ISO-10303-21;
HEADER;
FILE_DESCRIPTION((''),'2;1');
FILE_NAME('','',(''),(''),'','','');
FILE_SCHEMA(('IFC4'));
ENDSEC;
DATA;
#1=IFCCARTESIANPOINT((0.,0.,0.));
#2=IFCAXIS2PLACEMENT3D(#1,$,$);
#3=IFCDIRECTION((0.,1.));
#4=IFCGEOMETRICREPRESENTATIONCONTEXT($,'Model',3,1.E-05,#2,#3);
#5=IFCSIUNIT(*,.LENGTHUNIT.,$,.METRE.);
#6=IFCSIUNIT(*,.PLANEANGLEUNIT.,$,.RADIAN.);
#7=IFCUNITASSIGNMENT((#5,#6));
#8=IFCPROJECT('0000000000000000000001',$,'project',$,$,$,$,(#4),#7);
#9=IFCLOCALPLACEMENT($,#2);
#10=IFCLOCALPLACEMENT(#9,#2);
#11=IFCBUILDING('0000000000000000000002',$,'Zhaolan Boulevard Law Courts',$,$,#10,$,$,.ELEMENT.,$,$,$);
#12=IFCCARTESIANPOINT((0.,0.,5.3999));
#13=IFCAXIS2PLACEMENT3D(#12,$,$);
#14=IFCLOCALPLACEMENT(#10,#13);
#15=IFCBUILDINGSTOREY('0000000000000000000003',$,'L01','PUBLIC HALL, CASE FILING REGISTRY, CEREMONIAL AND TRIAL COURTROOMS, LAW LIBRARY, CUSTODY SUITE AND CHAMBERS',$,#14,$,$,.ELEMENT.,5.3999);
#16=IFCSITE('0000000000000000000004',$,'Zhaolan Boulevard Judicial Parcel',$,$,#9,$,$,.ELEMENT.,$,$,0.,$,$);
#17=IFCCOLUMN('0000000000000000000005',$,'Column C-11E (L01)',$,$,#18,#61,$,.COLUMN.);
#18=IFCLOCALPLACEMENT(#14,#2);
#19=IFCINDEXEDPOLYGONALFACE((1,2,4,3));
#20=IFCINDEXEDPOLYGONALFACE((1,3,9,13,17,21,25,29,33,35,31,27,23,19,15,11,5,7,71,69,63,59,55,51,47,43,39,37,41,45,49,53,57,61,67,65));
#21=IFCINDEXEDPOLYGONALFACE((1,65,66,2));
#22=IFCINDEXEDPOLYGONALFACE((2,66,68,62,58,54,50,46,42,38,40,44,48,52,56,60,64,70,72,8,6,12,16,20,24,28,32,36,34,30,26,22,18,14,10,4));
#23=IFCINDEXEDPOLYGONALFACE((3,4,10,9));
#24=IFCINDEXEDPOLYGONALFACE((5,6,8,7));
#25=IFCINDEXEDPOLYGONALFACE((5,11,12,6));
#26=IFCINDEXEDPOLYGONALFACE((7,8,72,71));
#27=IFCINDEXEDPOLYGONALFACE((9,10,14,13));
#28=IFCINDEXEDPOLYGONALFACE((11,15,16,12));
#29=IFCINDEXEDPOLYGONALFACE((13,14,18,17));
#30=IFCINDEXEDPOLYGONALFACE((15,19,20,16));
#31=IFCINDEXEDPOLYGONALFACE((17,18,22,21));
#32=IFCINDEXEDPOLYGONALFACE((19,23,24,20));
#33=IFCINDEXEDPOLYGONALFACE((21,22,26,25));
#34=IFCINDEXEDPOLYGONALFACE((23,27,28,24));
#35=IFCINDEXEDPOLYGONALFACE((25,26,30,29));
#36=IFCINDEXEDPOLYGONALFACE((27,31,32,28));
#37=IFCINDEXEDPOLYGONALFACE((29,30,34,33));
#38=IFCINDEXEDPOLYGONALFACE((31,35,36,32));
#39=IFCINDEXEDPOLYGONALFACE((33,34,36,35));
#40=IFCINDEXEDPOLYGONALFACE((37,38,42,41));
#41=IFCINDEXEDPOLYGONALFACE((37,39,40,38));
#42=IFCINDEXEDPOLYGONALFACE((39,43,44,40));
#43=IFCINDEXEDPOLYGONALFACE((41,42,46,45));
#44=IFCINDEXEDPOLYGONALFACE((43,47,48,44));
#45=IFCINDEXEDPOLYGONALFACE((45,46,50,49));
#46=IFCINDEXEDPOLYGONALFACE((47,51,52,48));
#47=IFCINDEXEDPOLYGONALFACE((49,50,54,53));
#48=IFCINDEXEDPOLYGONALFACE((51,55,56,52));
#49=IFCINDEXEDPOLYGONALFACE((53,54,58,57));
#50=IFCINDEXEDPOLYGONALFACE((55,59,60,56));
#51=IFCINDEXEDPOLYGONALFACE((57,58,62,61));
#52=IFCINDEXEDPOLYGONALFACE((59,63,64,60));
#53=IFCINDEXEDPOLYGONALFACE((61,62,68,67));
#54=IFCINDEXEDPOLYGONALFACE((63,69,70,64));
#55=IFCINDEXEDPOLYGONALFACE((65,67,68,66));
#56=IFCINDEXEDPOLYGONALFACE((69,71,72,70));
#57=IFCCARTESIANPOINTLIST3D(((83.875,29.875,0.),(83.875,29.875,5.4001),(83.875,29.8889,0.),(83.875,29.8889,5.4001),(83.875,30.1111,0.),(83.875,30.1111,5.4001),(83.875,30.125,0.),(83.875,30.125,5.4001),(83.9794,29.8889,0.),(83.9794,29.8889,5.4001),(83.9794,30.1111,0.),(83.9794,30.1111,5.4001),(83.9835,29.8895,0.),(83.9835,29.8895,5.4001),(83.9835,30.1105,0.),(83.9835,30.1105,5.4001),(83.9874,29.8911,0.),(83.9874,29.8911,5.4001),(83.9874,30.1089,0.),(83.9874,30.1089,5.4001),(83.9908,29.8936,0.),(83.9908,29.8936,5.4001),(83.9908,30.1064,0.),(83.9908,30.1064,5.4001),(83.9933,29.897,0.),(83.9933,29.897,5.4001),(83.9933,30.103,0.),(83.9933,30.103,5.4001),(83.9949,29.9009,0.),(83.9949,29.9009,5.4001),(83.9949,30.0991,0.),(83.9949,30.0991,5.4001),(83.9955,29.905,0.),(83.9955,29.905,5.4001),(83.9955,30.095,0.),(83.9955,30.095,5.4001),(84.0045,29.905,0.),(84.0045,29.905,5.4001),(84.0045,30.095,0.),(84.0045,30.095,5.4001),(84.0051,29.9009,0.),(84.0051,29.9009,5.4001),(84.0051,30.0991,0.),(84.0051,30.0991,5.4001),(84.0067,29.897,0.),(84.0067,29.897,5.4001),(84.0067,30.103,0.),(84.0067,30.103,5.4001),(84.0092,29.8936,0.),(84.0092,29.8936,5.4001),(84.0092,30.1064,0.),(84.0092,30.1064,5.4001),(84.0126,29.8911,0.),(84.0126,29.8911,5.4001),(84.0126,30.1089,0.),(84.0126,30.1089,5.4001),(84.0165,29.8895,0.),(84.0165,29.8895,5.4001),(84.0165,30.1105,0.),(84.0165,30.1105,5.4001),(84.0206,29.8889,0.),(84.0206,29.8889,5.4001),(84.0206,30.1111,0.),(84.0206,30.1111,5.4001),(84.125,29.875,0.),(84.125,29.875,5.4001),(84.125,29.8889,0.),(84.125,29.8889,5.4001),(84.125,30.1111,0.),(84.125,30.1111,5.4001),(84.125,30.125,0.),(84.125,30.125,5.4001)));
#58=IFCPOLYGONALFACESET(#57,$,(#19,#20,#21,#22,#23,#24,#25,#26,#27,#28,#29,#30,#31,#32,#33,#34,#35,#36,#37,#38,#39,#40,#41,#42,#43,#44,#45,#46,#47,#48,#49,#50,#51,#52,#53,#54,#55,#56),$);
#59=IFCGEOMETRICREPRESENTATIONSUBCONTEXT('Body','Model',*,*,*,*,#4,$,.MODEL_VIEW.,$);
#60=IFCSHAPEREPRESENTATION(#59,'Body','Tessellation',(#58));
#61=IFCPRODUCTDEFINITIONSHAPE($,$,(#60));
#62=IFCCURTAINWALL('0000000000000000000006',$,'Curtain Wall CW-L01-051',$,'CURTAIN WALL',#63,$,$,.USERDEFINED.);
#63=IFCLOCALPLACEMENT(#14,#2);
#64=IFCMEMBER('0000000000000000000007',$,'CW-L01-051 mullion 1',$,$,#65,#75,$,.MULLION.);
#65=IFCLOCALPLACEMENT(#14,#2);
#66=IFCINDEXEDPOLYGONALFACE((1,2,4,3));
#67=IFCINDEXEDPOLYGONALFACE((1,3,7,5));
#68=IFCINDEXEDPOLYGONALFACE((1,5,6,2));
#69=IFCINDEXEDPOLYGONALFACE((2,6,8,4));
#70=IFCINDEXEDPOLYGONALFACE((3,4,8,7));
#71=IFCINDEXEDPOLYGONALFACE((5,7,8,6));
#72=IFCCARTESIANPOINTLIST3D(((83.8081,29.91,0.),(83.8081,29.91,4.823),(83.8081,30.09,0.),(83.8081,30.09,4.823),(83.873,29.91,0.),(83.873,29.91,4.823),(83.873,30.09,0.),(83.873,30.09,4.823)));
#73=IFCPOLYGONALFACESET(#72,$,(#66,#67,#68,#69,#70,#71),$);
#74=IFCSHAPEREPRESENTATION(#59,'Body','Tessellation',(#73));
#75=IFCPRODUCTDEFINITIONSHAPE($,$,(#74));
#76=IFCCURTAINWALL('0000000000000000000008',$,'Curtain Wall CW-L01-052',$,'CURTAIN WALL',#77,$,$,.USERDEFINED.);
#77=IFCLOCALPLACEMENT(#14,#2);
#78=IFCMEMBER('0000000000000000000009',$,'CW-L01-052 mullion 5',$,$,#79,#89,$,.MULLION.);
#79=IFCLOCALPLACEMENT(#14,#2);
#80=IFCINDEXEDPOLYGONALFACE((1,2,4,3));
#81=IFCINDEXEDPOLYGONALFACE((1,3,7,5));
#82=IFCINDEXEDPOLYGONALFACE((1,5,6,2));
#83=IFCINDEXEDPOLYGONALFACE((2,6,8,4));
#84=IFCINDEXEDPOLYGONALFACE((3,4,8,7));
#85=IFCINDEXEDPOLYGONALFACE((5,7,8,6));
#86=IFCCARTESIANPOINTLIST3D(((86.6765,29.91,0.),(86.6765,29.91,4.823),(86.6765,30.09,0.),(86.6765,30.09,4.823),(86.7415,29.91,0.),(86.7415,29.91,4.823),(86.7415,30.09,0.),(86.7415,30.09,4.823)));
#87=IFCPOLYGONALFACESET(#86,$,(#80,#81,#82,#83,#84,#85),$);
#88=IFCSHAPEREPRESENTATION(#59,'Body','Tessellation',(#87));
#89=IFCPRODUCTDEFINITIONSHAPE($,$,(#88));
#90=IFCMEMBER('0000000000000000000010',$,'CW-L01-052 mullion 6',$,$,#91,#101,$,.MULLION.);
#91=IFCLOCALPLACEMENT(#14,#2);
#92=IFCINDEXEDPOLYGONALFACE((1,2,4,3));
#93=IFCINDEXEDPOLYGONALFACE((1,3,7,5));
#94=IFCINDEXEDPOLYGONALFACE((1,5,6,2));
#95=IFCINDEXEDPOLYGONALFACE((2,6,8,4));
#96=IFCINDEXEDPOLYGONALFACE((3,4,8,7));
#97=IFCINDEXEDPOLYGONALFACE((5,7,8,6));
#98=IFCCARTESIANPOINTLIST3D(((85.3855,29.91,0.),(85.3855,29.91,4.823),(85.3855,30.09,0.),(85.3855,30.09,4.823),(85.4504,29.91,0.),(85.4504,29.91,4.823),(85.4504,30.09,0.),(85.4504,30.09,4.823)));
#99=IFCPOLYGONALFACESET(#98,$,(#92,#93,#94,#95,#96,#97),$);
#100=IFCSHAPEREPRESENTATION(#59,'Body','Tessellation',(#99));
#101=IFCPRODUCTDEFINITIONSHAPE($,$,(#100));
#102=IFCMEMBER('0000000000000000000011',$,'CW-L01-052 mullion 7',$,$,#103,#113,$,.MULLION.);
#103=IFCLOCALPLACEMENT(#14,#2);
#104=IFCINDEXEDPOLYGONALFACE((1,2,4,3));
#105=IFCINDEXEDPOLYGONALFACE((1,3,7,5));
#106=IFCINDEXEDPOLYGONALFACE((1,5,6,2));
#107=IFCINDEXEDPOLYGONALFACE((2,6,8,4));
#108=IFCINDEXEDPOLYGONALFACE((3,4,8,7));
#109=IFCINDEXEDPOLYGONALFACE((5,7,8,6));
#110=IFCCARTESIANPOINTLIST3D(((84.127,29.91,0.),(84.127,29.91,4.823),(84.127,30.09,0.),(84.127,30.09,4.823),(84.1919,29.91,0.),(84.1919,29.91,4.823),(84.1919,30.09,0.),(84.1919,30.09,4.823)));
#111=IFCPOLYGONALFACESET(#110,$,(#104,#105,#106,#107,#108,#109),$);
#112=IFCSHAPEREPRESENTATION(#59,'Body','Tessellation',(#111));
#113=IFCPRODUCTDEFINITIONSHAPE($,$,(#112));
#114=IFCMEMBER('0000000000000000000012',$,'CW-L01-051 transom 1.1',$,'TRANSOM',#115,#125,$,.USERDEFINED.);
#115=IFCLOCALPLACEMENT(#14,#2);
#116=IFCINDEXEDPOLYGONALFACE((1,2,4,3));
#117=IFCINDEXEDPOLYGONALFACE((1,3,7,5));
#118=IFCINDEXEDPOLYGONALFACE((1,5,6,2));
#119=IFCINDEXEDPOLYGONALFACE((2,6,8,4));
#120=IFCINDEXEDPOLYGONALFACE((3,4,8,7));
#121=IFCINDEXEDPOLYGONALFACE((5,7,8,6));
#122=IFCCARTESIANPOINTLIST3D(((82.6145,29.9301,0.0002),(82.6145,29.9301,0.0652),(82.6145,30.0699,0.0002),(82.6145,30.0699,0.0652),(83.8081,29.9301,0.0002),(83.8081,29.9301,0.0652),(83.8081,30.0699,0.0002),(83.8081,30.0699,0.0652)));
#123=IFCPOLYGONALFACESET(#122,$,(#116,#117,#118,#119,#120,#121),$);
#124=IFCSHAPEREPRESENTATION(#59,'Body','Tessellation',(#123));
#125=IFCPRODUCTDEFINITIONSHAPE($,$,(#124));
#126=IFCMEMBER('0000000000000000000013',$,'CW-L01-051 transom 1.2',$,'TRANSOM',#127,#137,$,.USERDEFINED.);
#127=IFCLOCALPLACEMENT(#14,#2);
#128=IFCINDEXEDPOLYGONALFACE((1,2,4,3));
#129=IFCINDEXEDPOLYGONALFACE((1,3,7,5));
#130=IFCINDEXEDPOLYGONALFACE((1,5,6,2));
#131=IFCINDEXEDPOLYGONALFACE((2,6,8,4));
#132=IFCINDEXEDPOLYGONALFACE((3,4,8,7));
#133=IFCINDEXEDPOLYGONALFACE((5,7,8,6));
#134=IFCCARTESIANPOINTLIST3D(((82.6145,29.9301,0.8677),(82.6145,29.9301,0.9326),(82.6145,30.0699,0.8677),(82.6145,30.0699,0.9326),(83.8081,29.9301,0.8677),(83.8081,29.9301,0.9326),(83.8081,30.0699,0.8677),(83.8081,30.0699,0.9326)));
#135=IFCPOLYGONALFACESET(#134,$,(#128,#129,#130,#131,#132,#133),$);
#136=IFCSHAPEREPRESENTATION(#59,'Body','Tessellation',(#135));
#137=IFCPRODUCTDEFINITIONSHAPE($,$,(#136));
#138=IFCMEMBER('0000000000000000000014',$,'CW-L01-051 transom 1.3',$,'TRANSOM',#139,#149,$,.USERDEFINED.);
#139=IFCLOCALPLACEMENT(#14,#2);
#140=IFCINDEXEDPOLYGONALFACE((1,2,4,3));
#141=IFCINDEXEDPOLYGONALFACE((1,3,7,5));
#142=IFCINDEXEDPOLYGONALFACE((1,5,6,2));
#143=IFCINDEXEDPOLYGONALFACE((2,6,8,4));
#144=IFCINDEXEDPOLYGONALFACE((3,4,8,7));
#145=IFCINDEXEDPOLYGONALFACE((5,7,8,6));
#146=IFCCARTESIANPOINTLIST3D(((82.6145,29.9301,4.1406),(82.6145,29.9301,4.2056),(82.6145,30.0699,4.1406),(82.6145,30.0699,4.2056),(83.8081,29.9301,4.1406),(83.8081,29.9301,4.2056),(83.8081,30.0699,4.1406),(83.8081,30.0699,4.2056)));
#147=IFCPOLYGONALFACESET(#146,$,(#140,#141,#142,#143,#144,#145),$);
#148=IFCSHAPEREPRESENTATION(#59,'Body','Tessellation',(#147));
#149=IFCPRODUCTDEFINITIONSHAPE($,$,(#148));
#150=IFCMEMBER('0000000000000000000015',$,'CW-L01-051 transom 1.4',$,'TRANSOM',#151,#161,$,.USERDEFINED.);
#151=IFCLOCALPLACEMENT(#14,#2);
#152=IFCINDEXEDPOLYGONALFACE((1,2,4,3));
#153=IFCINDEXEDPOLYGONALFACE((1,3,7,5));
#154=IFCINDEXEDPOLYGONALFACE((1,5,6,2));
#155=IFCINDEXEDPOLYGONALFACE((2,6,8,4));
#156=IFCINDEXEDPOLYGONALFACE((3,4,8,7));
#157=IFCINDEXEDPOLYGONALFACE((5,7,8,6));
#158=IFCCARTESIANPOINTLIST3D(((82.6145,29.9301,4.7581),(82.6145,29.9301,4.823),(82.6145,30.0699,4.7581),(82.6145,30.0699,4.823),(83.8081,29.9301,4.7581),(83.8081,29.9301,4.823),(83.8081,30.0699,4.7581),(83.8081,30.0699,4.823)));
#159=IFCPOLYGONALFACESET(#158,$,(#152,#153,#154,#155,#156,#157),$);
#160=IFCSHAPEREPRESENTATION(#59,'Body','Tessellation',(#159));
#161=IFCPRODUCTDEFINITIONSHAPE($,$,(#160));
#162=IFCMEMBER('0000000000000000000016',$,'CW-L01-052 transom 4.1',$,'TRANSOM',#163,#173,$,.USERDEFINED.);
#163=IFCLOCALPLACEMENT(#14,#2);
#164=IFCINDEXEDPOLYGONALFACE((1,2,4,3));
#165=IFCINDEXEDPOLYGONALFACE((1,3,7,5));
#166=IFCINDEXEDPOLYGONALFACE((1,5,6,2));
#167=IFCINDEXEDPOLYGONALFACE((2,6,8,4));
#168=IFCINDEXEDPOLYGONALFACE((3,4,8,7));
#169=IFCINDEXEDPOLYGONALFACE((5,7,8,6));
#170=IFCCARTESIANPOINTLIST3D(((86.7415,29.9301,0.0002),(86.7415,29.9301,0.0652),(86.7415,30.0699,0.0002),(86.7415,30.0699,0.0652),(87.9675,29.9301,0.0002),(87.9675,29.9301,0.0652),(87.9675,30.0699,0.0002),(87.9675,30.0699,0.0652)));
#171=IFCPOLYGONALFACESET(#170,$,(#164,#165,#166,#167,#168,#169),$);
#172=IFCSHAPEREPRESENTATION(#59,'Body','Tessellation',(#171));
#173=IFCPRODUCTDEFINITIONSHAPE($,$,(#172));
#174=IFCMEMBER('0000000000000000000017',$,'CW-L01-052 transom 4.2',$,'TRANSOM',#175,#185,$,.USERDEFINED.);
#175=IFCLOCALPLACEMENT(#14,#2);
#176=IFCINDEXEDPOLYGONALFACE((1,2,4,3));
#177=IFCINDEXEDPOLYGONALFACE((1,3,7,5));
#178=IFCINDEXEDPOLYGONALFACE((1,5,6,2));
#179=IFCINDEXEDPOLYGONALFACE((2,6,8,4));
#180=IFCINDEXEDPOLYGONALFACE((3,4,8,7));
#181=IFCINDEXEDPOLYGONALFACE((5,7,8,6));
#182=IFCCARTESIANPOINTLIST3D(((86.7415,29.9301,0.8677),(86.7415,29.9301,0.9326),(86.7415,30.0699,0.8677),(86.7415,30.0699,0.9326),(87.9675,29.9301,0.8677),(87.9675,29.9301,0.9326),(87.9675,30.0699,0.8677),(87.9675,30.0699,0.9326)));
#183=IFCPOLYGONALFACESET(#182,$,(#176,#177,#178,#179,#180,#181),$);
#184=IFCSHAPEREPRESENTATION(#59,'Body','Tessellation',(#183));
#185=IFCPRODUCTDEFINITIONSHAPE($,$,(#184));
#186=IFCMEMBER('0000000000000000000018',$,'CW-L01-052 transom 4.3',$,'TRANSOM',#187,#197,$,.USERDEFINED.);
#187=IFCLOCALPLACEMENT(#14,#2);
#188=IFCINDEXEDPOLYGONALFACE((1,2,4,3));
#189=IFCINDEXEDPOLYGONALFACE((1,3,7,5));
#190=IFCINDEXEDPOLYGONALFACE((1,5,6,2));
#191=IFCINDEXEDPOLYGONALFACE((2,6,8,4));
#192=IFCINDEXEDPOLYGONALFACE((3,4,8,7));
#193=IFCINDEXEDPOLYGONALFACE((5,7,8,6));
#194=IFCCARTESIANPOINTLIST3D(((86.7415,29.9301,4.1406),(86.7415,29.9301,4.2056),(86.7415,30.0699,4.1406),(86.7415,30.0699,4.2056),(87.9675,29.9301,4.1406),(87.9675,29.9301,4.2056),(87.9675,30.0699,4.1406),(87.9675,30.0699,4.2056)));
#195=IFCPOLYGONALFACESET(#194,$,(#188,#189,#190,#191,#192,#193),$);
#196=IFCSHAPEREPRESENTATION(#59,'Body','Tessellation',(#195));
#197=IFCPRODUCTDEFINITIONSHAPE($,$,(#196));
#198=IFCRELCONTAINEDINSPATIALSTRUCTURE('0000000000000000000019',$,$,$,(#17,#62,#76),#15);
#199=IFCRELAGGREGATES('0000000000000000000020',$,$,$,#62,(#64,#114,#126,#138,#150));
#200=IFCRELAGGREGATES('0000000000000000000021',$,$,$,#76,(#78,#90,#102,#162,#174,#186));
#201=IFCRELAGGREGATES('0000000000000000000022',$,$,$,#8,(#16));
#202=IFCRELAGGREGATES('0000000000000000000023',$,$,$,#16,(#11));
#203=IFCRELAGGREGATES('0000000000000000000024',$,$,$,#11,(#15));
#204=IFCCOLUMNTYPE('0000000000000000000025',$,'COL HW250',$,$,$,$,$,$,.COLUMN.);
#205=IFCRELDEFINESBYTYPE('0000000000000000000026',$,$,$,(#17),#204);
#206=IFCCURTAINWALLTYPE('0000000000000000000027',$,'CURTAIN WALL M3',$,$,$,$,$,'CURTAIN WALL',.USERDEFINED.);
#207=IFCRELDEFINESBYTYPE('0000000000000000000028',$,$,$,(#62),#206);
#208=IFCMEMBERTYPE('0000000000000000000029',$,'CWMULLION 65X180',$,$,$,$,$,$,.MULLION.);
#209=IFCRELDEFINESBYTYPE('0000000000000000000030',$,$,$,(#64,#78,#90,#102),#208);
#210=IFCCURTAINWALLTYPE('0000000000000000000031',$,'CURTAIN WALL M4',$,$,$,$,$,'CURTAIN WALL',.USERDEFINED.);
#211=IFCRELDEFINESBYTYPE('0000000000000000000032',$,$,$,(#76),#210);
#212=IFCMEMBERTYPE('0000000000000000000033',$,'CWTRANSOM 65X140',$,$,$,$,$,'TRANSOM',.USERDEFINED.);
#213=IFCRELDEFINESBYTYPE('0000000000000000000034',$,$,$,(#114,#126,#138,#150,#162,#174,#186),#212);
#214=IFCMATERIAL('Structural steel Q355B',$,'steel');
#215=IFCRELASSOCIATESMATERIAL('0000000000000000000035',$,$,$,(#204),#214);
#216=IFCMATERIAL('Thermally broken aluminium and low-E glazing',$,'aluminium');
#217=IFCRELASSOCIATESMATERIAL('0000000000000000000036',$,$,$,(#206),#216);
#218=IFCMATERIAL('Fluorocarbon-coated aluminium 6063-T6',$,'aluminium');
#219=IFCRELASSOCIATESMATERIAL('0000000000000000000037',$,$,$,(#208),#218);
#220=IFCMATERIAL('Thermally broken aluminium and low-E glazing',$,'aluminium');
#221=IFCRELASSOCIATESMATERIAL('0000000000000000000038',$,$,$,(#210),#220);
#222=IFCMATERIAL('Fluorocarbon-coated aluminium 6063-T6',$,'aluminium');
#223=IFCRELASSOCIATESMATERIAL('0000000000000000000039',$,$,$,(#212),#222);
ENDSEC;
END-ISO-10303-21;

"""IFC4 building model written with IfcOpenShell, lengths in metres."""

from ifc_helpers import new_model, si_unit, direction, frame, origin, origin_2d, place, context, subcontext, project, spatial, rectangle, i_section, extrude, material, material_profile, profile_set, type_object, element, aggregate, save


model = new_model("IFC4")

# Units and contexts
model_context = context("Model", 3, precision=1e-05, world=origin(), true_north=direction((0.0, 1.0)))
body_context = subcontext(model_context, "Body", "Model", "MODEL_VIEW")
ifc_project = project(units=[si_unit("LENGTHUNIT", "METRE"), si_unit("PLANEANGLEUNIT", "RADIAN")], contexts=[model_context])

# Site, building, storey
site_placement = place(None, origin())
site = spatial("IfcSite", under=ifc_project, at=site_placement, Name="Zhaolan Boulevard Judicial Parcel", CompositionType="ELEMENT", RefElevation=0.0)
building_placement = place(site_placement, origin())
building = spatial("IfcBuilding", under=site, at=building_placement, Name="Zhaolan Boulevard Law Courts", CompositionType="ELEMENT")
storey_placement = place(building_placement, frame((0.0, 0.0, 5.3999)))
storey = spatial("IfcBuildingStorey", under=building, at=storey_placement, Name="L01", Description="PUBLIC HALL, CASE FILING REGISTRY, CEREMONIAL AND TRIAL COURTROOMS, LAW LIBRARY, CUSTODY SUITE AND CHAMBERS", CompositionType="ELEMENT", Elevation=5.3999)

# Column
ifc_material_1 = material(Name="Structural steel Q355B", Category="steel")
ifc_material_profile_1 = material_profile(ifc_material_1, i_section(OverallWidth=0.25, OverallDepth=0.25, WebThickness=0.009, FlangeThickness=0.0139, FilletRadius=0.0161, at=origin_2d()), Name="HW250x250")
ifc_profile_set_1 = profile_set([ifc_material_profile_1], Name="Structural steel Q355B")
column_type = type_object("IfcColumnType", Name="COL HW250", PredefinedType="COLUMN", material=ifc_profile_set_1)
column_placement = place(storey_placement, frame((84.0, 30.0, 0.0), z_axis=(0.0, 0.0, 1.0), x_axis=(1.0, 0.0, 0.0)))
element("IfcColumn", 1, at=column_placement, inside=storey, type_object=column_type, Name="Column C-11E (L01)", PredefinedType="COLUMN", context=body_context, shape_type="SweptSolid", body=[
    extrude(i_section(OverallWidth=0.25, OverallDepth=0.25, WebThickness=0.009, FlangeThickness=0.0139, FilletRadius=0.0161, at=origin_2d()), origin(), (0.0, 0.0, 1.0), 5.4001),
])

# Curtain wall, member
ifc_material_2 = material(Name="Thermally broken aluminium and low-E glazing", Category="aluminium")
curtain_wall_type_1 = type_object("IfcCurtainWallType", Name="CURTAIN WALL M3", ElementType="CURTAIN WALL", PredefinedType="USERDEFINED", material=ifc_material_2)
curtain_wall_1_placement = place(storey_placement, origin())
curtain_wall_1 = element("IfcCurtainWall", 2, at=curtain_wall_1_placement, inside=storey, type_object=curtain_wall_type_1, Name="Curtain Wall CW-L01-051", ObjectType="CURTAIN WALL", PredefinedType="USERDEFINED")
ifc_material_3 = material(Name="Fluorocarbon-coated aluminium 6063-T6", Category="aluminium")
ifc_material_profile_2 = material_profile(ifc_material_3, rectangle(XDim=0.1799, YDim=0.0649, at=origin_2d()), Name="AL65x180")
ifc_profile_set_2 = profile_set([ifc_material_profile_2], Name="Fluorocarbon-coated aluminium 6063-T6")
member_type_1 = type_object("IfcMemberType", Name="CWMULLION 65X180", PredefinedType="MULLION", material=ifc_profile_set_2)
member_1_placement = place(storey_placement, frame((83.8406, 30.0, 0.0), z_axis=(0.0, 0.0, 1.0), x_axis=(0.0, -1.0, 0.0)))
member_1 = element("IfcMember", 3, at=member_1_placement, type_object=member_type_1, Name="CW-L01-051 mullion 1", PredefinedType="MULLION", context=body_context, shape_type="SweptSolid", body=[
    extrude(rectangle(XDim=0.1799, YDim=0.0649, at=origin_2d()), origin(), (0.0, 0.0, 1.0), 4.823),
])

# Curtain wall, members
ifc_material_4 = material(Name="Thermally broken aluminium and low-E glazing", Category="aluminium")
curtain_wall_type_2 = type_object("IfcCurtainWallType", Name="CURTAIN WALL M4", ElementType="CURTAIN WALL", PredefinedType="USERDEFINED", material=ifc_material_4)
curtain_wall_2_placement = place(storey_placement, origin())
curtain_wall_2 = element("IfcCurtainWall", 4, at=curtain_wall_2_placement, inside=storey, type_object=curtain_wall_type_2, Name="Curtain Wall CW-L01-052", ObjectType="CURTAIN WALL", PredefinedType="USERDEFINED")
member_2_placement = place(storey_placement, frame((86.709, 30.0, 0.0), z_axis=(0.0, 0.0, 1.0), x_axis=(0.0, -1.0, 0.0)))
member_2 = element("IfcMember", 5, at=member_2_placement, type_object=member_type_1, Name="CW-L01-052 mullion 5", PredefinedType="MULLION", context=body_context, shape_type="SweptSolid", body=[
    extrude(rectangle(XDim=0.1799, YDim=0.0649, at=origin_2d()), origin(), (0.0, 0.0, 1.0), 4.823),
])
member_3_placement = place(storey_placement, frame((85.418, 30.0, 0.0), z_axis=(0.0, 0.0, 1.0), x_axis=(0.0, -1.0, 0.0)))
member_3 = element("IfcMember", 6, at=member_3_placement, type_object=member_type_1, Name="CW-L01-052 mullion 6", PredefinedType="MULLION", context=body_context, shape_type="SweptSolid", body=[
    extrude(rectangle(XDim=0.1799, YDim=0.0649, at=origin_2d()), origin(), (0.0, 0.0, 1.0), 4.823),
])
member_4_placement = place(storey_placement, frame((84.1594, 30.0, 0.0), z_axis=(0.0, 0.0, 1.0), x_axis=(0.0, -1.0, 0.0)))
member_4 = element("IfcMember", 7, at=member_4_placement, type_object=member_type_1, Name="CW-L01-052 mullion 7", PredefinedType="MULLION", context=body_context, shape_type="SweptSolid", body=[
    extrude(rectangle(XDim=0.1799, YDim=0.0649, at=origin_2d()), origin(), (0.0, 0.0, 1.0), 4.823),
])

# Members
ifc_material_5 = material(Name="Fluorocarbon-coated aluminium 6063-T6", Category="aluminium")
ifc_material_profile_3 = material_profile(ifc_material_5, rectangle(XDim=0.1399, YDim=0.0649, at=origin_2d()), Name="AL65x140")
ifc_profile_set_3 = profile_set([ifc_material_profile_3], Name="Fluorocarbon-coated aluminium 6063-T6")
member_type_2 = type_object("IfcMemberType", Name="CWTRANSOM 65X140", ElementType="TRANSOM", PredefinedType="USERDEFINED", material=ifc_profile_set_3)
member_5_placement = place(storey_placement, frame((83.8081, 30.0, 0.0327), z_axis=(-1.0, 0.0, 0.0), x_axis=(0.0, -1.0, 0.0)))
member_5 = element("IfcMember", 8, at=member_5_placement, type_object=member_type_2, Name="CW-L01-051 transom 1.1", ObjectType="TRANSOM", PredefinedType="USERDEFINED", context=body_context, shape_type="SweptSolid", body=[
    extrude(rectangle(XDim=0.1399, YDim=0.0649, at=origin_2d()), origin(), (0.0, 0.0, 1.0), 1.1936),
])
member_6_placement = place(storey_placement, frame((83.8081, 30.0, 0.9001), z_axis=(-1.0, 0.0, 0.0), x_axis=(0.0, -1.0, 0.0)))
member_6 = element("IfcMember", 9, at=member_6_placement, type_object=member_type_2, Name="CW-L01-051 transom 1.2", ObjectType="TRANSOM", PredefinedType="USERDEFINED", context=body_context, shape_type="SweptSolid", body=[
    extrude(rectangle(XDim=0.1399, YDim=0.0649, at=origin_2d()), origin(), (0.0, 0.0, 1.0), 1.1936),
])
member_7_placement = place(storey_placement, frame((83.8081, 30.0, 4.1731), z_axis=(-1.0, 0.0, 0.0), x_axis=(0.0, -1.0, 0.0)))
member_7 = element("IfcMember", 10, at=member_7_placement, type_object=member_type_2, Name="CW-L01-051 transom 1.3", ObjectType="TRANSOM", PredefinedType="USERDEFINED", context=body_context, shape_type="SweptSolid", body=[
    extrude(rectangle(XDim=0.1399, YDim=0.0649, at=origin_2d()), origin(), (0.0, 0.0, 1.0), 1.1936),
])
member_8_placement = place(storey_placement, frame((83.8081, 30.0, 4.7905), z_axis=(-1.0, 0.0, 0.0), x_axis=(0.0, -1.0, 0.0)))
member_8 = element("IfcMember", 11, at=member_8_placement, type_object=member_type_2, Name="CW-L01-051 transom 1.4", ObjectType="TRANSOM", PredefinedType="USERDEFINED", context=body_context, shape_type="SweptSolid", body=[
    extrude(rectangle(XDim=0.1399, YDim=0.0649, at=origin_2d()), origin(), (0.0, 0.0, 1.0), 1.1936),
])
member_9_placement = place(storey_placement, frame((87.9675, 30.0, 0.0327), z_axis=(-1.0, 0.0, 0.0), x_axis=(0.0, -1.0, 0.0)))
member_9 = element("IfcMember", 12, at=member_9_placement, type_object=member_type_2, Name="CW-L01-052 transom 4.1", ObjectType="TRANSOM", PredefinedType="USERDEFINED", context=body_context, shape_type="SweptSolid", body=[
    extrude(rectangle(XDim=0.1399, YDim=0.0649, at=origin_2d()), origin(), (0.0, 0.0, 1.0), 1.2261),
])
member_10_placement = place(storey_placement, frame((87.9675, 30.0, 0.9001), z_axis=(-1.0, 0.0, 0.0), x_axis=(0.0, -1.0, 0.0)))
member_10 = element("IfcMember", 13, at=member_10_placement, type_object=member_type_2, Name="CW-L01-052 transom 4.2", ObjectType="TRANSOM", PredefinedType="USERDEFINED", context=body_context, shape_type="SweptSolid", body=[
    extrude(rectangle(XDim=0.1399, YDim=0.0649, at=origin_2d()), origin(), (0.0, 0.0, 1.0), 1.2261),
])
member_11_placement = place(storey_placement, frame((87.9675, 30.0, 4.1731), z_axis=(-1.0, 0.0, 0.0), x_axis=(0.0, -1.0, 0.0)))
member_11 = element("IfcMember", 14, at=member_11_placement, type_object=member_type_2, Name="CW-L01-052 transom 4.3", ObjectType="TRANSOM", PredefinedType="USERDEFINED", context=body_context, shape_type="SweptSolid", body=[
    extrude(rectangle(XDim=0.1399, YDim=0.0649, at=origin_2d()), origin(), (0.0, 0.0, 1.0), 1.2261),
])

aggregate(curtain_wall_1, [member_1, member_5, member_6, member_7, member_8])
aggregate(curtain_wall_2, [member_2, member_3, member_4, member_9, member_10, member_11])

save(model, "model.ifc")
